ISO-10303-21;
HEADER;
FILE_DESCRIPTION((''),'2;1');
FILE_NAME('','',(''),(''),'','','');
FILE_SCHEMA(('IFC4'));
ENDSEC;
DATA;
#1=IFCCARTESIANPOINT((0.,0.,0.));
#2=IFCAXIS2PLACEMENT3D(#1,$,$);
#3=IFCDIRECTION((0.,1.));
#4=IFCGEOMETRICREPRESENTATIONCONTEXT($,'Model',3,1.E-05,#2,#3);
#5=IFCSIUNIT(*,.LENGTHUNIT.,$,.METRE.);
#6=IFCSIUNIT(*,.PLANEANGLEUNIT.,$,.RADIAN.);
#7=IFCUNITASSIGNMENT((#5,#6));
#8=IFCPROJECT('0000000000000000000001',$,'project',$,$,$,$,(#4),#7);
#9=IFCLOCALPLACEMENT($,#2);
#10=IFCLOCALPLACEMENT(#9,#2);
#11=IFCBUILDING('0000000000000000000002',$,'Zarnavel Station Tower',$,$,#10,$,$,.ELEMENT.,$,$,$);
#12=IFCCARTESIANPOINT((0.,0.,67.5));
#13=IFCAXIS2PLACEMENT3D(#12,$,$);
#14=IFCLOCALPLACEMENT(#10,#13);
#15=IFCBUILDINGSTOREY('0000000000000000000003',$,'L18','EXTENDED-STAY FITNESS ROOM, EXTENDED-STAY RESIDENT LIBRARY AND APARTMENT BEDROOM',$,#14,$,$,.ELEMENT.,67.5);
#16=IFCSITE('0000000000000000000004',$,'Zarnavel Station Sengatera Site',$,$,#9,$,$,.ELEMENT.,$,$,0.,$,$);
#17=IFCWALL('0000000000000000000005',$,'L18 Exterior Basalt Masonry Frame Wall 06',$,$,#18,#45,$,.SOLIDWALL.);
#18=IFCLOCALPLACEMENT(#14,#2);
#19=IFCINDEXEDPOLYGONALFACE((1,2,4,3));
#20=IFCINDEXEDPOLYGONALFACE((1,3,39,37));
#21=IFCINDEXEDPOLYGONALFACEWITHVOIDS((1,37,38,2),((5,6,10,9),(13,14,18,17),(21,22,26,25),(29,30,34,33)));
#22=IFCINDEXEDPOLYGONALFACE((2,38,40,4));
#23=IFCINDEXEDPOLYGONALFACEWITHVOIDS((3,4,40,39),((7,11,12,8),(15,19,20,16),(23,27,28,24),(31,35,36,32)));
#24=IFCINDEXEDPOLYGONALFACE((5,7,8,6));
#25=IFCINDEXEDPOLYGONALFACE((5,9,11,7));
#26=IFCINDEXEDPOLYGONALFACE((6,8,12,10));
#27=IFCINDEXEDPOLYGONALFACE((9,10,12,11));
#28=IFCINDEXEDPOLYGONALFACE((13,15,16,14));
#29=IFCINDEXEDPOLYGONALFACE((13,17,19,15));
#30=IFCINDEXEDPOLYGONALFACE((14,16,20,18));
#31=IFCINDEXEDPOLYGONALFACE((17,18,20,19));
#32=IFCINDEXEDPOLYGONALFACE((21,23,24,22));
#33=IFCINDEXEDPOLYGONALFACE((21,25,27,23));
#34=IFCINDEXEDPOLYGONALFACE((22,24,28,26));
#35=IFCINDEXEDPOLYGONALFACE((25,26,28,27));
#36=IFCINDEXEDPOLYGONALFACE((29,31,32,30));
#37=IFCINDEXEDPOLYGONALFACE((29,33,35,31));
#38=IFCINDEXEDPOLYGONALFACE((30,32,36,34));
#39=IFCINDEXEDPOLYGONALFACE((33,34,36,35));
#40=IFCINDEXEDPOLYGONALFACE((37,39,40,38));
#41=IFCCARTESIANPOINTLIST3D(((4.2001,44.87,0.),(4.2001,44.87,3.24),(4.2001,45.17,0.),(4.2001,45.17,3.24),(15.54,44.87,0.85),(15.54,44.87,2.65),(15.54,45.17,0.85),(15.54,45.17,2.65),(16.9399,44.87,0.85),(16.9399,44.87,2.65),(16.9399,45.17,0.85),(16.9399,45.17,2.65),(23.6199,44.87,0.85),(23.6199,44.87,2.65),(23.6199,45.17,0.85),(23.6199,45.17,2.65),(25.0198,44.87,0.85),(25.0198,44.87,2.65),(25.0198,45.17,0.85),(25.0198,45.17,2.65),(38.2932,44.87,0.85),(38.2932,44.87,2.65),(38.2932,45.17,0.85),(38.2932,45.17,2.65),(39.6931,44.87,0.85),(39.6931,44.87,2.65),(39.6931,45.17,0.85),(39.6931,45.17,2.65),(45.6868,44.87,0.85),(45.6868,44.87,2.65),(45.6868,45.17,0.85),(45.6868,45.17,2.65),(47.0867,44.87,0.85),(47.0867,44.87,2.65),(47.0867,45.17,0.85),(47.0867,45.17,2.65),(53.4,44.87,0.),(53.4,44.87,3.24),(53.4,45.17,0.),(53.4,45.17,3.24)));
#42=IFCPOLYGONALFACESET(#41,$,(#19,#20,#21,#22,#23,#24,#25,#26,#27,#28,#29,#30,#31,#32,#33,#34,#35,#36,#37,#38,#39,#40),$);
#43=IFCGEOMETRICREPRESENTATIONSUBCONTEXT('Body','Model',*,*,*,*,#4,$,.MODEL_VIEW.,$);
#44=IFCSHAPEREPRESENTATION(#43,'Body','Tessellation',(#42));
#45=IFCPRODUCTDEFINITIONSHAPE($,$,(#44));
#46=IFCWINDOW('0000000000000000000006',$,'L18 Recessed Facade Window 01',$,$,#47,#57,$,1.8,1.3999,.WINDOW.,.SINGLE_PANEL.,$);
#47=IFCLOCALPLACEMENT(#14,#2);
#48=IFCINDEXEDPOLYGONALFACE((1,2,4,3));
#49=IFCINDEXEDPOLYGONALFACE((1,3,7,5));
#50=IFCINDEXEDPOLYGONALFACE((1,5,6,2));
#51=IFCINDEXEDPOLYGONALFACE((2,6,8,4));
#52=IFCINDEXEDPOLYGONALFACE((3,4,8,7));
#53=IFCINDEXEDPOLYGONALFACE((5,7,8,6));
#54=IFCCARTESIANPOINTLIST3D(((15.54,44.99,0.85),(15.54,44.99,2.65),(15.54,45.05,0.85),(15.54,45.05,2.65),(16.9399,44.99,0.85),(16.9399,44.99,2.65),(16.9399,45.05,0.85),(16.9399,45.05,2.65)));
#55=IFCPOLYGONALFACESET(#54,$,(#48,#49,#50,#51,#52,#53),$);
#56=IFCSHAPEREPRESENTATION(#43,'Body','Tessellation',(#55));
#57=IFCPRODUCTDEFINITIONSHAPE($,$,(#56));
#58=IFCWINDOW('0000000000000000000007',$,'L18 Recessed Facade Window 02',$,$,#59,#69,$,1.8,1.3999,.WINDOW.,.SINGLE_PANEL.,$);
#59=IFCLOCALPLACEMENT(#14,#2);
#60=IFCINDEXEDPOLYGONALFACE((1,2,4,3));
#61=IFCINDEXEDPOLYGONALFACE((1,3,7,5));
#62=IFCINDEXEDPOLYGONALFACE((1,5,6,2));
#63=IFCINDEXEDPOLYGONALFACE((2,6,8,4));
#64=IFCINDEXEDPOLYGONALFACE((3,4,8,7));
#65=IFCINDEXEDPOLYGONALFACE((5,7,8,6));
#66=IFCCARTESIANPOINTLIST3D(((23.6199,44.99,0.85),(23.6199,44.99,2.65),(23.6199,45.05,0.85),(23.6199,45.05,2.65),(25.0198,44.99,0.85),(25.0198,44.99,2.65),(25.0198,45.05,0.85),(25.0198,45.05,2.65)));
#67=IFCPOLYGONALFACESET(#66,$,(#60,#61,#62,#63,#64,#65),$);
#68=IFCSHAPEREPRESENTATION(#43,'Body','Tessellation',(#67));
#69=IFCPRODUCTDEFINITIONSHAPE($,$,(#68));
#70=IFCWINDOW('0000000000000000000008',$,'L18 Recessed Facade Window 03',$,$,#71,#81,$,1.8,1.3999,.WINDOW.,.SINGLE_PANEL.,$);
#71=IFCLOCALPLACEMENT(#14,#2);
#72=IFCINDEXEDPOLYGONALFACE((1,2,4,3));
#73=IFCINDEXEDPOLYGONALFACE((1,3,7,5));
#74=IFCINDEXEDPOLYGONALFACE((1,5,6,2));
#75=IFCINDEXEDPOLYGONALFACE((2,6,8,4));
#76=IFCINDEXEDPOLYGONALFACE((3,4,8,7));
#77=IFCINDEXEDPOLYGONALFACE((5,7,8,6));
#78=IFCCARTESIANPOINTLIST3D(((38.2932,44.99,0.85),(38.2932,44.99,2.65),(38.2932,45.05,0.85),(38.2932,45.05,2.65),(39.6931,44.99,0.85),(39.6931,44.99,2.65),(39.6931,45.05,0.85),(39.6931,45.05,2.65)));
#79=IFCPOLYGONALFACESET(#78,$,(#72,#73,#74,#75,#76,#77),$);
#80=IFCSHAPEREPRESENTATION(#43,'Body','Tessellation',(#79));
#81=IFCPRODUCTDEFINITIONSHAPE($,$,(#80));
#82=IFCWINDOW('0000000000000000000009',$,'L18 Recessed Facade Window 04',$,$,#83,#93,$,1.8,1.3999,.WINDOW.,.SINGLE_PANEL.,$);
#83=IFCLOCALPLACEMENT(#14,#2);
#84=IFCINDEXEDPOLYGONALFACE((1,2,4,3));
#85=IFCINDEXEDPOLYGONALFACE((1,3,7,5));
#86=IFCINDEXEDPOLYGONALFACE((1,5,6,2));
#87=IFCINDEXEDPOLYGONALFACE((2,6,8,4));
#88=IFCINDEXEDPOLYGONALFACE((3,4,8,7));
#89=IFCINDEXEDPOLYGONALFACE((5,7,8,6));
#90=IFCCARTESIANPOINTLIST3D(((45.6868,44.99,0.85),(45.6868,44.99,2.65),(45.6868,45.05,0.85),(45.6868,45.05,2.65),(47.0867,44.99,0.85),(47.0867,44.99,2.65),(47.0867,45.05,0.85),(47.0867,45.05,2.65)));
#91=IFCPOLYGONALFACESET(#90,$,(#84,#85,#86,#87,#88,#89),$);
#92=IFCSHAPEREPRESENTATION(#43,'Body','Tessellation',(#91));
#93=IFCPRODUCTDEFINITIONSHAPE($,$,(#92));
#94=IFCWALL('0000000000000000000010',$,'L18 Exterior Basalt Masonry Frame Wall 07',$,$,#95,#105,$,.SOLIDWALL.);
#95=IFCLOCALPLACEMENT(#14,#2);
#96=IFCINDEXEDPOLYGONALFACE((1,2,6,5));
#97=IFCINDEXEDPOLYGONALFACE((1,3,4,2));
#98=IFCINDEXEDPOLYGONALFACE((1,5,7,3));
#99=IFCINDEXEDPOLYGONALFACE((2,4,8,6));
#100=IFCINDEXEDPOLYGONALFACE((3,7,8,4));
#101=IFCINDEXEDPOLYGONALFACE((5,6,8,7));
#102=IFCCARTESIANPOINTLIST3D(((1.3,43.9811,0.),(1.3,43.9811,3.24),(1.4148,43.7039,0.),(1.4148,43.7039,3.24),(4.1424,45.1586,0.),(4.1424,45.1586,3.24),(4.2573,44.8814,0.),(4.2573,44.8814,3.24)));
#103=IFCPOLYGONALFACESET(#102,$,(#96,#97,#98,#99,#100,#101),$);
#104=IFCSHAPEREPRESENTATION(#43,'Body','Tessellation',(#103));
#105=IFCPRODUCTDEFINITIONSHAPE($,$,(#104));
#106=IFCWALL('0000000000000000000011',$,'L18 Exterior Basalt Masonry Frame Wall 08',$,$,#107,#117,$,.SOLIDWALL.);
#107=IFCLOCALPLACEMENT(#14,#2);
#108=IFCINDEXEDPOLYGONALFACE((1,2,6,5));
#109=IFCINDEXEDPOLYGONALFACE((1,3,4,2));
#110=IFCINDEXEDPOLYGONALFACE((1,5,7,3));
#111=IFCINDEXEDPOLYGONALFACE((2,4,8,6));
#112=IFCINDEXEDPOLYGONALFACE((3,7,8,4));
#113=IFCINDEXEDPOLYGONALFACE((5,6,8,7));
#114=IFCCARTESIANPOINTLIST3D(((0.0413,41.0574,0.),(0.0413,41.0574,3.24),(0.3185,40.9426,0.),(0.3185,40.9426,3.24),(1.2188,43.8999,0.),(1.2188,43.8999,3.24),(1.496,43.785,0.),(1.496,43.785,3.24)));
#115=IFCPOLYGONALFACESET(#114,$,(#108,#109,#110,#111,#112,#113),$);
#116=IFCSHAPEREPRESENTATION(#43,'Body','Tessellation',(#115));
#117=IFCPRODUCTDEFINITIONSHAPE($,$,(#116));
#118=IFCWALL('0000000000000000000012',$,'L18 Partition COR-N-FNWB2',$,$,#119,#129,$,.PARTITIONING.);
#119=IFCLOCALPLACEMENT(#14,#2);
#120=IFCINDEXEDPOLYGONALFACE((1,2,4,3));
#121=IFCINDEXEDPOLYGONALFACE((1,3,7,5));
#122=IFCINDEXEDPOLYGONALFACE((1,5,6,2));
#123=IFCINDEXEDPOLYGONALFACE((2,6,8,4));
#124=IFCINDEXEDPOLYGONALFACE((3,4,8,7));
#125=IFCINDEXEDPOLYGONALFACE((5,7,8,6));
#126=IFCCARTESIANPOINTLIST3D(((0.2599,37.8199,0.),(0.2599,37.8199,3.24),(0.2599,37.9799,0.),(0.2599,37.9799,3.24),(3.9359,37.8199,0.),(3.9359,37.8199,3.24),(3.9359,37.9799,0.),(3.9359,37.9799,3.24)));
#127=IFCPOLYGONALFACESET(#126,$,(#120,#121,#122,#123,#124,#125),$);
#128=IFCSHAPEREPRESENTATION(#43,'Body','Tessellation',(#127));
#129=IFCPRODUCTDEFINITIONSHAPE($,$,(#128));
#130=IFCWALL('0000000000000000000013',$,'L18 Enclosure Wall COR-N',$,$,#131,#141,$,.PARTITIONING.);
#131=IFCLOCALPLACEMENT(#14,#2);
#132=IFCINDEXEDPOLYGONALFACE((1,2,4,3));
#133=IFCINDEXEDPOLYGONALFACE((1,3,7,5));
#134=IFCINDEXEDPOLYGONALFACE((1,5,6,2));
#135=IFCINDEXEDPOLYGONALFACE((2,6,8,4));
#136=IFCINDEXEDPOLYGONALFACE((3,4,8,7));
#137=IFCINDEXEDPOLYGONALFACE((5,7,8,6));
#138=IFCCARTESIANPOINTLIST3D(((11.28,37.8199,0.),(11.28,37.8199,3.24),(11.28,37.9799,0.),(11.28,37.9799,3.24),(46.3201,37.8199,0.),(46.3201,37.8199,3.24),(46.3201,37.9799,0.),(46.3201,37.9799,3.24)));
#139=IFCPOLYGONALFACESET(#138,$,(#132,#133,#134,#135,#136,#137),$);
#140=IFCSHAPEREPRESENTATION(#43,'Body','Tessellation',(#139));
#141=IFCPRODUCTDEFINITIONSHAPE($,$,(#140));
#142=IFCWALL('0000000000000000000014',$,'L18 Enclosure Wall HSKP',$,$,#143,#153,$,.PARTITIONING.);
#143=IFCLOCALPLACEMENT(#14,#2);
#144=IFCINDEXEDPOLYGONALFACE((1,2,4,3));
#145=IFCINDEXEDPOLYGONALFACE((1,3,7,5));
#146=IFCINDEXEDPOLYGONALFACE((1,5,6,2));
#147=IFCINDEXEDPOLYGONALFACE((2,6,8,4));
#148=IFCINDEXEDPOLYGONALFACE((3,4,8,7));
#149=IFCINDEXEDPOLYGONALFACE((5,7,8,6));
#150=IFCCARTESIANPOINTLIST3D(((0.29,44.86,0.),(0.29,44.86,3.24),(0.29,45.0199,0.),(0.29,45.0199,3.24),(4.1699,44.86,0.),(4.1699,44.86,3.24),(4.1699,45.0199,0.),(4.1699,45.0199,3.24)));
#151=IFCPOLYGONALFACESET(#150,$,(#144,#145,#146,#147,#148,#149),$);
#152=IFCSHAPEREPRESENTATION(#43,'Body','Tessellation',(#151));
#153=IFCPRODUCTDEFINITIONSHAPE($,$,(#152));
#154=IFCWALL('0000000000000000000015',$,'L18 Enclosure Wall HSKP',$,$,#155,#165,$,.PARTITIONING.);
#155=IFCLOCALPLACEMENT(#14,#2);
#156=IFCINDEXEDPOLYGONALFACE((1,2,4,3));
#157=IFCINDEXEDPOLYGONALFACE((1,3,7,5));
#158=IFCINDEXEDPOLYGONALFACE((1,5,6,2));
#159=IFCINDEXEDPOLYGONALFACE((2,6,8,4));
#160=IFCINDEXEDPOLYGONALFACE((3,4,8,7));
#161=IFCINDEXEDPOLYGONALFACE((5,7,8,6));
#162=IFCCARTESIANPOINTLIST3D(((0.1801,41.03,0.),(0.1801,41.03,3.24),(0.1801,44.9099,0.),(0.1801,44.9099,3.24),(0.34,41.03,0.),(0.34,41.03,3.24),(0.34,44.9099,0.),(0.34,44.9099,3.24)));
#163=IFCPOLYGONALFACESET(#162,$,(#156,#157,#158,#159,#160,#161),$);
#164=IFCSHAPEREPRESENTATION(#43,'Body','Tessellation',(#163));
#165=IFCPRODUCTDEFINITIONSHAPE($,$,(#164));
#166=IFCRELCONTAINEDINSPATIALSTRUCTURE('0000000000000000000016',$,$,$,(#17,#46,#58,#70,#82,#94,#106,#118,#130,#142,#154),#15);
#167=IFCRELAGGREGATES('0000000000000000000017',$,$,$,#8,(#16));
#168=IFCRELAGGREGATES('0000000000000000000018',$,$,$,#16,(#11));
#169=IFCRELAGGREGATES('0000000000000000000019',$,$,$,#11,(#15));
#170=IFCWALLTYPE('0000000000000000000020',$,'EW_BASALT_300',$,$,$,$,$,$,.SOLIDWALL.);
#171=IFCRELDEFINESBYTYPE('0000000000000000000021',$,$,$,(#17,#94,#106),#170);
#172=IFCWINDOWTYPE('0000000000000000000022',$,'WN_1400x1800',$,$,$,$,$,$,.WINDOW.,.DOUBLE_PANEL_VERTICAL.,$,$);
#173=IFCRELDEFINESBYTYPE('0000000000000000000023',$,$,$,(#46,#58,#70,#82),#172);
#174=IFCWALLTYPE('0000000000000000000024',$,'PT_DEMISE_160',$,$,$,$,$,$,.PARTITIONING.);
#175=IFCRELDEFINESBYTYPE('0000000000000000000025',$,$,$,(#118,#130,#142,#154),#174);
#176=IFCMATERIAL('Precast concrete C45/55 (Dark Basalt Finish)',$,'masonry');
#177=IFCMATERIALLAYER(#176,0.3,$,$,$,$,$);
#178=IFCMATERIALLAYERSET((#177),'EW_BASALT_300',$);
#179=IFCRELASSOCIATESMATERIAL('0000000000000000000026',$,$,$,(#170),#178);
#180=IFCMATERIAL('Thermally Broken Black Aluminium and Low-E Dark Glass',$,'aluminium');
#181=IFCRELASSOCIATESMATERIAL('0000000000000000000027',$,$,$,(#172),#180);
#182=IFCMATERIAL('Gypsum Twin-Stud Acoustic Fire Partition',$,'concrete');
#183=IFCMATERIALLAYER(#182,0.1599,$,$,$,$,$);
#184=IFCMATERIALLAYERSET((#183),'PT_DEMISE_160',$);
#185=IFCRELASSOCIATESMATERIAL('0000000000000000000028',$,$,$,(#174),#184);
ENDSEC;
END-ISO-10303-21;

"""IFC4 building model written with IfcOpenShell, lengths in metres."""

from ifc_helpers import new_model, si_unit, direction, frame, frame_2d, origin, place, context, subcontext, project, spatial, rectangle, extrude, material, layer, layer_set, type_object, element, fill, save


model = new_model("IFC4")

# Units and contexts
model_context = context("Model", 3, precision=1e-05, world=origin(), true_north=direction((0.0, 1.0)))
body_context = subcontext(model_context, "Body", "Model", "MODEL_VIEW")
ifc_project = project(units=[si_unit("LENGTHUNIT", "METRE"), si_unit("PLANEANGLEUNIT", "RADIAN")], contexts=[model_context])

# Site, building, storey
site_placement = place(None, origin())
site = spatial("IfcSite", under=ifc_project, at=site_placement, Name="Zarnavel Station Sengatera Site", CompositionType="ELEMENT", RefElevation=0.0)
building_placement = place(site_placement, origin())
building = spatial("IfcBuilding", under=site, at=building_placement, Name="Zarnavel Station Tower", CompositionType="ELEMENT")
storey_placement = place(building_placement, frame((0.0, 0.0, 67.5)))
storey = spatial("IfcBuildingStorey", under=building, at=storey_placement, Name="L18", Description="EXTENDED-STAY FITNESS ROOM, EXTENDED-STAY RESIDENT LIBRARY AND APARTMENT BEDROOM", CompositionType="ELEMENT", Elevation=67.5)

# Wall, openings, windows
ifc_material_1 = material(Name="Precast concrete C45/55 (Dark Basalt Finish)", Category="masonry")
ifc_layer_1 = layer(ifc_material_1, 0.3)
ifc_layer_set_1 = layer_set([ifc_layer_1], Name="EW_BASALT_300")
wall_type_1 = type_object("IfcWallType", Name="EW_BASALT_300", PredefinedType="SOLIDWALL", material=ifc_layer_set_1)
wall_1_placement = place(storey_placement, frame((4.2, 45.02, 0.0), z_axis=(0.0, 0.0, 1.0), x_axis=(1.0, 0.0, 0.0)))
wall_1 = element("IfcWall", 1, at=wall_1_placement, inside=storey, type_object=wall_type_1, Name="L18 Exterior Basalt Masonry Frame Wall 06", PredefinedType="SOLIDWALL", context=body_context, shape_type="SweptSolid", body=[
    extrude(rectangle(XDim=49.2, YDim=0.3, at=frame_2d((24.6001, 0.0))), origin(), (0.0, 0.0, 1.0), 3.24),
])
opening_1_placement = place(wall_1_placement, frame((11.3401, 0.0, 0.8501)))
opening_1 = element("IfcOpeningElement", 2, at=opening_1_placement, cuts=wall_1, PredefinedType="OPENING", context=body_context, shape_type="SweptSolid", body=[
    extrude(rectangle(XDim=1.3999, YDim=1.8, at=frame_2d((0.7, 0.8999))), frame((0.0, 0.1599, 0.0), z_axis=(0.0, -1.0, 0.0), x_axis=(1.0, 0.0, 0.0)), (0.0, 0.0, 1.0), 0.3201),
])
opening_2_placement = place(wall_1_placement, frame((19.4199, 0.0, 0.8501)))
opening_2 = element("IfcOpeningElement", 3, at=opening_2_placement, cuts=wall_1, PredefinedType="OPENING", context=body_context, shape_type="SweptSolid", body=[
    extrude(rectangle(XDim=1.3999, YDim=1.8, at=frame_2d((0.7, 0.8999))), frame((0.0, 0.1599, 0.0), z_axis=(0.0, -1.0, 0.0), x_axis=(1.0, 0.0, 0.0)), (0.0, 0.0, 1.0), 0.3201),
])
opening_3_placement = place(wall_1_placement, frame((34.0933, 0.0, 0.8501)))
opening_3 = element("IfcOpeningElement", 4, at=opening_3_placement, cuts=wall_1, PredefinedType="OPENING", context=body_context, shape_type="SweptSolid", body=[
    extrude(rectangle(XDim=1.3999, YDim=1.8, at=frame_2d((0.7, 0.8999))), frame((0.0, 0.1599, 0.0), z_axis=(0.0, -1.0, 0.0), x_axis=(1.0, 0.0, 0.0)), (0.0, 0.0, 1.0), 0.3201),
])
opening_4_placement = place(wall_1_placement, frame((41.4868, 0.0, 0.8501)))
opening_4 = element("IfcOpeningElement", 5, at=opening_4_placement, cuts=wall_1, PredefinedType="OPENING", context=body_context, shape_type="SweptSolid", body=[
    extrude(rectangle(XDim=1.3999, YDim=1.8, at=frame_2d((0.7, 0.8999))), frame((0.0, 0.1599, 0.0), z_axis=(0.0, -1.0, 0.0), x_axis=(1.0, 0.0, 0.0)), (0.0, 0.0, 1.0), 0.3201),
])
ifc_material_2 = material(Name="Thermally Broken Black Aluminium and Low-E Dark Glass", Category="aluminium")
window_type = type_object("IfcWindowType", Name="WN_1400x1800", PartitioningType="DOUBLE_PANEL_VERTICAL", PredefinedType="WINDOW", material=ifc_material_2)
window_1_placement = place(opening_1_placement, origin())
window_1 = element("IfcWindow", 6, at=window_1_placement, inside=storey, type_object=window_type, Name="L18 Recessed Facade Window 01", OverallHeight=1.8, OverallWidth=1.3999, PartitioningType="SINGLE_PANEL", PredefinedType="WINDOW", context=body_context, shape_type="SweptSolid", body=[
    extrude(rectangle(XDim=1.3999, YDim=1.8, at=frame_2d((0.7, 0.8999))), frame((0.0, 0.03, 0.0), z_axis=(0.0, -1.0, 0.0), x_axis=(1.0, 0.0, 0.0)), (0.0, 0.0, 1.0), 0.0601),
])
fill(opening_1, window_1)
window_2_placement = place(opening_2_placement, origin())
window_2 = element("IfcWindow", 7, at=window_2_placement, inside=storey, type_object=window_type, Name="L18 Recessed Facade Window 02", OverallHeight=1.8, OverallWidth=1.3999, PartitioningType="SINGLE_PANEL", PredefinedType="WINDOW", context=body_context, shape_type="SweptSolid", body=[
    extrude(rectangle(XDim=1.3999, YDim=1.8, at=frame_2d((0.7, 0.8999))), frame((0.0, 0.03, 0.0), z_axis=(0.0, -1.0, 0.0), x_axis=(1.0, 0.0, 0.0)), (0.0, 0.0, 1.0), 0.0601),
])
fill(opening_2, window_2)
window_3_placement = place(opening_3_placement, origin())
window_3 = element("IfcWindow", 8, at=window_3_placement, inside=storey, type_object=window_type, Name="L18 Recessed Facade Window 03", OverallHeight=1.8, OverallWidth=1.3999, PartitioningType="SINGLE_PANEL", PredefinedType="WINDOW", context=body_context, shape_type="SweptSolid", body=[
    extrude(rectangle(XDim=1.3999, YDim=1.8, at=frame_2d((0.7, 0.8999))), frame((0.0, 0.03, 0.0), z_axis=(0.0, -1.0, 0.0), x_axis=(1.0, 0.0, 0.0)), (0.0, 0.0, 1.0), 0.0601),
])
fill(opening_3, window_3)
window_4_placement = place(opening_4_placement, origin())
window_4 = element("IfcWindow", 9, at=window_4_placement, inside=storey, type_object=window_type, Name="L18 Recessed Facade Window 04", OverallHeight=1.8, OverallWidth=1.3999, PartitioningType="SINGLE_PANEL", PredefinedType="WINDOW", context=body_context, shape_type="SweptSolid", body=[
    extrude(rectangle(XDim=1.3999, YDim=1.8, at=frame_2d((0.7, 0.8999))), frame((0.0, 0.03, 0.0), z_axis=(0.0, -1.0, 0.0), x_axis=(1.0, 0.0, 0.0)), (0.0, 0.0, 1.0), 0.0601),
])
fill(opening_4, window_4)

# Walls
for number, where, z_axis, x_axis, name in (
    (10, (1.3574, 43.8425, 0.0), (0.0, 0.0, 1.0), (0.923871, 0.382705, 0.0), "L18 Exterior Basalt Masonry Frame Wall 07"),
    (11, (0.1799, 41.0, 0.0), (0.0, 0.0, 1.0), (0.382705, 0.923871, 0.0), "L18 Exterior Basalt Masonry Frame Wall 08"),
):
    element("IfcWall", number, at=place(storey_placement, frame(where, z_axis=z_axis, x_axis=x_axis)), inside=storey, type_object=wall_type_1, Name=name, PredefinedType="SOLIDWALL", context=body_context, shape_type="SweptSolid", body=[
        extrude(rectangle(XDim=3.0767, YDim=0.3, at=frame_2d((1.5383, 0.0))), origin(), (0.0, 0.0, 1.0), 3.24),
    ])

# Shared definitions
ifc_material_3 = material(Name="Gypsum Twin-Stud Acoustic Fire Partition", Category="concrete")
ifc_layer_2 = layer(ifc_material_3, 0.1599)
ifc_layer_set_2 = layer_set([ifc_layer_2], Name="PT_DEMISE_160")
wall_type_2 = type_object("IfcWallType", Name="PT_DEMISE_160", PredefinedType="PARTITIONING", material=ifc_layer_set_2)

# Walls
wall_2_placement = place(storey_placement, frame((0.26, 37.8999, 0.0), z_axis=(0.0, 0.0, 1.0), x_axis=(1.0, 0.0, 0.0)))
element("IfcWall", 12, at=wall_2_placement, inside=storey, type_object=wall_type_2, Name="L18 Partition COR-N-FNWB2", PredefinedType="PARTITIONING", context=body_context, shape_type="SweptSolid", body=[
    extrude(rectangle(XDim=3.676, YDim=0.1599, at=frame_2d((1.8379, 0.0))), origin(), (0.0, 0.0, 1.0), 3.24),
])
wall_3_placement = place(storey_placement, frame((11.28, 37.8999, 0.0), z_axis=(0.0, 0.0, 1.0), x_axis=(1.0, 0.0, 0.0)))
element("IfcWall", 13, at=wall_3_placement, inside=storey, type_object=wall_type_2, Name="L18 Enclosure Wall COR-N", PredefinedType="PARTITIONING", context=body_context, shape_type="SweptSolid", body=[
    extrude(rectangle(XDim=35.04, YDim=0.1599, at=frame_2d((17.52, 0.0))), origin(), (0.0, 0.0, 1.0), 3.24),
])
for number, where, z_axis, x_axis, name in (
    (14, (0.29, 44.9399, 0.0), (0.0, 0.0, 1.0), (1.0, 0.0, 0.0), "L18 Enclosure Wall HSKP"),
    (15, (0.26, 41.03, 0.0), (0.0, 0.0, 1.0), (0.0, 1.0, 0.0), "L18 Enclosure Wall HSKP"),
):
    element("IfcWall", number, at=place(storey_placement, frame(where, z_axis=z_axis, x_axis=x_axis)), inside=storey, type_object=wall_type_2, Name=name, PredefinedType="PARTITIONING", context=body_context, shape_type="SweptSolid", body=[
        extrude(rectangle(XDim=3.8799, YDim=0.1599, at=frame_2d((1.9399, 0.0))), origin(), (0.0, 0.0, 1.0), 3.24),
    ])

save(model, "model.ifc")
